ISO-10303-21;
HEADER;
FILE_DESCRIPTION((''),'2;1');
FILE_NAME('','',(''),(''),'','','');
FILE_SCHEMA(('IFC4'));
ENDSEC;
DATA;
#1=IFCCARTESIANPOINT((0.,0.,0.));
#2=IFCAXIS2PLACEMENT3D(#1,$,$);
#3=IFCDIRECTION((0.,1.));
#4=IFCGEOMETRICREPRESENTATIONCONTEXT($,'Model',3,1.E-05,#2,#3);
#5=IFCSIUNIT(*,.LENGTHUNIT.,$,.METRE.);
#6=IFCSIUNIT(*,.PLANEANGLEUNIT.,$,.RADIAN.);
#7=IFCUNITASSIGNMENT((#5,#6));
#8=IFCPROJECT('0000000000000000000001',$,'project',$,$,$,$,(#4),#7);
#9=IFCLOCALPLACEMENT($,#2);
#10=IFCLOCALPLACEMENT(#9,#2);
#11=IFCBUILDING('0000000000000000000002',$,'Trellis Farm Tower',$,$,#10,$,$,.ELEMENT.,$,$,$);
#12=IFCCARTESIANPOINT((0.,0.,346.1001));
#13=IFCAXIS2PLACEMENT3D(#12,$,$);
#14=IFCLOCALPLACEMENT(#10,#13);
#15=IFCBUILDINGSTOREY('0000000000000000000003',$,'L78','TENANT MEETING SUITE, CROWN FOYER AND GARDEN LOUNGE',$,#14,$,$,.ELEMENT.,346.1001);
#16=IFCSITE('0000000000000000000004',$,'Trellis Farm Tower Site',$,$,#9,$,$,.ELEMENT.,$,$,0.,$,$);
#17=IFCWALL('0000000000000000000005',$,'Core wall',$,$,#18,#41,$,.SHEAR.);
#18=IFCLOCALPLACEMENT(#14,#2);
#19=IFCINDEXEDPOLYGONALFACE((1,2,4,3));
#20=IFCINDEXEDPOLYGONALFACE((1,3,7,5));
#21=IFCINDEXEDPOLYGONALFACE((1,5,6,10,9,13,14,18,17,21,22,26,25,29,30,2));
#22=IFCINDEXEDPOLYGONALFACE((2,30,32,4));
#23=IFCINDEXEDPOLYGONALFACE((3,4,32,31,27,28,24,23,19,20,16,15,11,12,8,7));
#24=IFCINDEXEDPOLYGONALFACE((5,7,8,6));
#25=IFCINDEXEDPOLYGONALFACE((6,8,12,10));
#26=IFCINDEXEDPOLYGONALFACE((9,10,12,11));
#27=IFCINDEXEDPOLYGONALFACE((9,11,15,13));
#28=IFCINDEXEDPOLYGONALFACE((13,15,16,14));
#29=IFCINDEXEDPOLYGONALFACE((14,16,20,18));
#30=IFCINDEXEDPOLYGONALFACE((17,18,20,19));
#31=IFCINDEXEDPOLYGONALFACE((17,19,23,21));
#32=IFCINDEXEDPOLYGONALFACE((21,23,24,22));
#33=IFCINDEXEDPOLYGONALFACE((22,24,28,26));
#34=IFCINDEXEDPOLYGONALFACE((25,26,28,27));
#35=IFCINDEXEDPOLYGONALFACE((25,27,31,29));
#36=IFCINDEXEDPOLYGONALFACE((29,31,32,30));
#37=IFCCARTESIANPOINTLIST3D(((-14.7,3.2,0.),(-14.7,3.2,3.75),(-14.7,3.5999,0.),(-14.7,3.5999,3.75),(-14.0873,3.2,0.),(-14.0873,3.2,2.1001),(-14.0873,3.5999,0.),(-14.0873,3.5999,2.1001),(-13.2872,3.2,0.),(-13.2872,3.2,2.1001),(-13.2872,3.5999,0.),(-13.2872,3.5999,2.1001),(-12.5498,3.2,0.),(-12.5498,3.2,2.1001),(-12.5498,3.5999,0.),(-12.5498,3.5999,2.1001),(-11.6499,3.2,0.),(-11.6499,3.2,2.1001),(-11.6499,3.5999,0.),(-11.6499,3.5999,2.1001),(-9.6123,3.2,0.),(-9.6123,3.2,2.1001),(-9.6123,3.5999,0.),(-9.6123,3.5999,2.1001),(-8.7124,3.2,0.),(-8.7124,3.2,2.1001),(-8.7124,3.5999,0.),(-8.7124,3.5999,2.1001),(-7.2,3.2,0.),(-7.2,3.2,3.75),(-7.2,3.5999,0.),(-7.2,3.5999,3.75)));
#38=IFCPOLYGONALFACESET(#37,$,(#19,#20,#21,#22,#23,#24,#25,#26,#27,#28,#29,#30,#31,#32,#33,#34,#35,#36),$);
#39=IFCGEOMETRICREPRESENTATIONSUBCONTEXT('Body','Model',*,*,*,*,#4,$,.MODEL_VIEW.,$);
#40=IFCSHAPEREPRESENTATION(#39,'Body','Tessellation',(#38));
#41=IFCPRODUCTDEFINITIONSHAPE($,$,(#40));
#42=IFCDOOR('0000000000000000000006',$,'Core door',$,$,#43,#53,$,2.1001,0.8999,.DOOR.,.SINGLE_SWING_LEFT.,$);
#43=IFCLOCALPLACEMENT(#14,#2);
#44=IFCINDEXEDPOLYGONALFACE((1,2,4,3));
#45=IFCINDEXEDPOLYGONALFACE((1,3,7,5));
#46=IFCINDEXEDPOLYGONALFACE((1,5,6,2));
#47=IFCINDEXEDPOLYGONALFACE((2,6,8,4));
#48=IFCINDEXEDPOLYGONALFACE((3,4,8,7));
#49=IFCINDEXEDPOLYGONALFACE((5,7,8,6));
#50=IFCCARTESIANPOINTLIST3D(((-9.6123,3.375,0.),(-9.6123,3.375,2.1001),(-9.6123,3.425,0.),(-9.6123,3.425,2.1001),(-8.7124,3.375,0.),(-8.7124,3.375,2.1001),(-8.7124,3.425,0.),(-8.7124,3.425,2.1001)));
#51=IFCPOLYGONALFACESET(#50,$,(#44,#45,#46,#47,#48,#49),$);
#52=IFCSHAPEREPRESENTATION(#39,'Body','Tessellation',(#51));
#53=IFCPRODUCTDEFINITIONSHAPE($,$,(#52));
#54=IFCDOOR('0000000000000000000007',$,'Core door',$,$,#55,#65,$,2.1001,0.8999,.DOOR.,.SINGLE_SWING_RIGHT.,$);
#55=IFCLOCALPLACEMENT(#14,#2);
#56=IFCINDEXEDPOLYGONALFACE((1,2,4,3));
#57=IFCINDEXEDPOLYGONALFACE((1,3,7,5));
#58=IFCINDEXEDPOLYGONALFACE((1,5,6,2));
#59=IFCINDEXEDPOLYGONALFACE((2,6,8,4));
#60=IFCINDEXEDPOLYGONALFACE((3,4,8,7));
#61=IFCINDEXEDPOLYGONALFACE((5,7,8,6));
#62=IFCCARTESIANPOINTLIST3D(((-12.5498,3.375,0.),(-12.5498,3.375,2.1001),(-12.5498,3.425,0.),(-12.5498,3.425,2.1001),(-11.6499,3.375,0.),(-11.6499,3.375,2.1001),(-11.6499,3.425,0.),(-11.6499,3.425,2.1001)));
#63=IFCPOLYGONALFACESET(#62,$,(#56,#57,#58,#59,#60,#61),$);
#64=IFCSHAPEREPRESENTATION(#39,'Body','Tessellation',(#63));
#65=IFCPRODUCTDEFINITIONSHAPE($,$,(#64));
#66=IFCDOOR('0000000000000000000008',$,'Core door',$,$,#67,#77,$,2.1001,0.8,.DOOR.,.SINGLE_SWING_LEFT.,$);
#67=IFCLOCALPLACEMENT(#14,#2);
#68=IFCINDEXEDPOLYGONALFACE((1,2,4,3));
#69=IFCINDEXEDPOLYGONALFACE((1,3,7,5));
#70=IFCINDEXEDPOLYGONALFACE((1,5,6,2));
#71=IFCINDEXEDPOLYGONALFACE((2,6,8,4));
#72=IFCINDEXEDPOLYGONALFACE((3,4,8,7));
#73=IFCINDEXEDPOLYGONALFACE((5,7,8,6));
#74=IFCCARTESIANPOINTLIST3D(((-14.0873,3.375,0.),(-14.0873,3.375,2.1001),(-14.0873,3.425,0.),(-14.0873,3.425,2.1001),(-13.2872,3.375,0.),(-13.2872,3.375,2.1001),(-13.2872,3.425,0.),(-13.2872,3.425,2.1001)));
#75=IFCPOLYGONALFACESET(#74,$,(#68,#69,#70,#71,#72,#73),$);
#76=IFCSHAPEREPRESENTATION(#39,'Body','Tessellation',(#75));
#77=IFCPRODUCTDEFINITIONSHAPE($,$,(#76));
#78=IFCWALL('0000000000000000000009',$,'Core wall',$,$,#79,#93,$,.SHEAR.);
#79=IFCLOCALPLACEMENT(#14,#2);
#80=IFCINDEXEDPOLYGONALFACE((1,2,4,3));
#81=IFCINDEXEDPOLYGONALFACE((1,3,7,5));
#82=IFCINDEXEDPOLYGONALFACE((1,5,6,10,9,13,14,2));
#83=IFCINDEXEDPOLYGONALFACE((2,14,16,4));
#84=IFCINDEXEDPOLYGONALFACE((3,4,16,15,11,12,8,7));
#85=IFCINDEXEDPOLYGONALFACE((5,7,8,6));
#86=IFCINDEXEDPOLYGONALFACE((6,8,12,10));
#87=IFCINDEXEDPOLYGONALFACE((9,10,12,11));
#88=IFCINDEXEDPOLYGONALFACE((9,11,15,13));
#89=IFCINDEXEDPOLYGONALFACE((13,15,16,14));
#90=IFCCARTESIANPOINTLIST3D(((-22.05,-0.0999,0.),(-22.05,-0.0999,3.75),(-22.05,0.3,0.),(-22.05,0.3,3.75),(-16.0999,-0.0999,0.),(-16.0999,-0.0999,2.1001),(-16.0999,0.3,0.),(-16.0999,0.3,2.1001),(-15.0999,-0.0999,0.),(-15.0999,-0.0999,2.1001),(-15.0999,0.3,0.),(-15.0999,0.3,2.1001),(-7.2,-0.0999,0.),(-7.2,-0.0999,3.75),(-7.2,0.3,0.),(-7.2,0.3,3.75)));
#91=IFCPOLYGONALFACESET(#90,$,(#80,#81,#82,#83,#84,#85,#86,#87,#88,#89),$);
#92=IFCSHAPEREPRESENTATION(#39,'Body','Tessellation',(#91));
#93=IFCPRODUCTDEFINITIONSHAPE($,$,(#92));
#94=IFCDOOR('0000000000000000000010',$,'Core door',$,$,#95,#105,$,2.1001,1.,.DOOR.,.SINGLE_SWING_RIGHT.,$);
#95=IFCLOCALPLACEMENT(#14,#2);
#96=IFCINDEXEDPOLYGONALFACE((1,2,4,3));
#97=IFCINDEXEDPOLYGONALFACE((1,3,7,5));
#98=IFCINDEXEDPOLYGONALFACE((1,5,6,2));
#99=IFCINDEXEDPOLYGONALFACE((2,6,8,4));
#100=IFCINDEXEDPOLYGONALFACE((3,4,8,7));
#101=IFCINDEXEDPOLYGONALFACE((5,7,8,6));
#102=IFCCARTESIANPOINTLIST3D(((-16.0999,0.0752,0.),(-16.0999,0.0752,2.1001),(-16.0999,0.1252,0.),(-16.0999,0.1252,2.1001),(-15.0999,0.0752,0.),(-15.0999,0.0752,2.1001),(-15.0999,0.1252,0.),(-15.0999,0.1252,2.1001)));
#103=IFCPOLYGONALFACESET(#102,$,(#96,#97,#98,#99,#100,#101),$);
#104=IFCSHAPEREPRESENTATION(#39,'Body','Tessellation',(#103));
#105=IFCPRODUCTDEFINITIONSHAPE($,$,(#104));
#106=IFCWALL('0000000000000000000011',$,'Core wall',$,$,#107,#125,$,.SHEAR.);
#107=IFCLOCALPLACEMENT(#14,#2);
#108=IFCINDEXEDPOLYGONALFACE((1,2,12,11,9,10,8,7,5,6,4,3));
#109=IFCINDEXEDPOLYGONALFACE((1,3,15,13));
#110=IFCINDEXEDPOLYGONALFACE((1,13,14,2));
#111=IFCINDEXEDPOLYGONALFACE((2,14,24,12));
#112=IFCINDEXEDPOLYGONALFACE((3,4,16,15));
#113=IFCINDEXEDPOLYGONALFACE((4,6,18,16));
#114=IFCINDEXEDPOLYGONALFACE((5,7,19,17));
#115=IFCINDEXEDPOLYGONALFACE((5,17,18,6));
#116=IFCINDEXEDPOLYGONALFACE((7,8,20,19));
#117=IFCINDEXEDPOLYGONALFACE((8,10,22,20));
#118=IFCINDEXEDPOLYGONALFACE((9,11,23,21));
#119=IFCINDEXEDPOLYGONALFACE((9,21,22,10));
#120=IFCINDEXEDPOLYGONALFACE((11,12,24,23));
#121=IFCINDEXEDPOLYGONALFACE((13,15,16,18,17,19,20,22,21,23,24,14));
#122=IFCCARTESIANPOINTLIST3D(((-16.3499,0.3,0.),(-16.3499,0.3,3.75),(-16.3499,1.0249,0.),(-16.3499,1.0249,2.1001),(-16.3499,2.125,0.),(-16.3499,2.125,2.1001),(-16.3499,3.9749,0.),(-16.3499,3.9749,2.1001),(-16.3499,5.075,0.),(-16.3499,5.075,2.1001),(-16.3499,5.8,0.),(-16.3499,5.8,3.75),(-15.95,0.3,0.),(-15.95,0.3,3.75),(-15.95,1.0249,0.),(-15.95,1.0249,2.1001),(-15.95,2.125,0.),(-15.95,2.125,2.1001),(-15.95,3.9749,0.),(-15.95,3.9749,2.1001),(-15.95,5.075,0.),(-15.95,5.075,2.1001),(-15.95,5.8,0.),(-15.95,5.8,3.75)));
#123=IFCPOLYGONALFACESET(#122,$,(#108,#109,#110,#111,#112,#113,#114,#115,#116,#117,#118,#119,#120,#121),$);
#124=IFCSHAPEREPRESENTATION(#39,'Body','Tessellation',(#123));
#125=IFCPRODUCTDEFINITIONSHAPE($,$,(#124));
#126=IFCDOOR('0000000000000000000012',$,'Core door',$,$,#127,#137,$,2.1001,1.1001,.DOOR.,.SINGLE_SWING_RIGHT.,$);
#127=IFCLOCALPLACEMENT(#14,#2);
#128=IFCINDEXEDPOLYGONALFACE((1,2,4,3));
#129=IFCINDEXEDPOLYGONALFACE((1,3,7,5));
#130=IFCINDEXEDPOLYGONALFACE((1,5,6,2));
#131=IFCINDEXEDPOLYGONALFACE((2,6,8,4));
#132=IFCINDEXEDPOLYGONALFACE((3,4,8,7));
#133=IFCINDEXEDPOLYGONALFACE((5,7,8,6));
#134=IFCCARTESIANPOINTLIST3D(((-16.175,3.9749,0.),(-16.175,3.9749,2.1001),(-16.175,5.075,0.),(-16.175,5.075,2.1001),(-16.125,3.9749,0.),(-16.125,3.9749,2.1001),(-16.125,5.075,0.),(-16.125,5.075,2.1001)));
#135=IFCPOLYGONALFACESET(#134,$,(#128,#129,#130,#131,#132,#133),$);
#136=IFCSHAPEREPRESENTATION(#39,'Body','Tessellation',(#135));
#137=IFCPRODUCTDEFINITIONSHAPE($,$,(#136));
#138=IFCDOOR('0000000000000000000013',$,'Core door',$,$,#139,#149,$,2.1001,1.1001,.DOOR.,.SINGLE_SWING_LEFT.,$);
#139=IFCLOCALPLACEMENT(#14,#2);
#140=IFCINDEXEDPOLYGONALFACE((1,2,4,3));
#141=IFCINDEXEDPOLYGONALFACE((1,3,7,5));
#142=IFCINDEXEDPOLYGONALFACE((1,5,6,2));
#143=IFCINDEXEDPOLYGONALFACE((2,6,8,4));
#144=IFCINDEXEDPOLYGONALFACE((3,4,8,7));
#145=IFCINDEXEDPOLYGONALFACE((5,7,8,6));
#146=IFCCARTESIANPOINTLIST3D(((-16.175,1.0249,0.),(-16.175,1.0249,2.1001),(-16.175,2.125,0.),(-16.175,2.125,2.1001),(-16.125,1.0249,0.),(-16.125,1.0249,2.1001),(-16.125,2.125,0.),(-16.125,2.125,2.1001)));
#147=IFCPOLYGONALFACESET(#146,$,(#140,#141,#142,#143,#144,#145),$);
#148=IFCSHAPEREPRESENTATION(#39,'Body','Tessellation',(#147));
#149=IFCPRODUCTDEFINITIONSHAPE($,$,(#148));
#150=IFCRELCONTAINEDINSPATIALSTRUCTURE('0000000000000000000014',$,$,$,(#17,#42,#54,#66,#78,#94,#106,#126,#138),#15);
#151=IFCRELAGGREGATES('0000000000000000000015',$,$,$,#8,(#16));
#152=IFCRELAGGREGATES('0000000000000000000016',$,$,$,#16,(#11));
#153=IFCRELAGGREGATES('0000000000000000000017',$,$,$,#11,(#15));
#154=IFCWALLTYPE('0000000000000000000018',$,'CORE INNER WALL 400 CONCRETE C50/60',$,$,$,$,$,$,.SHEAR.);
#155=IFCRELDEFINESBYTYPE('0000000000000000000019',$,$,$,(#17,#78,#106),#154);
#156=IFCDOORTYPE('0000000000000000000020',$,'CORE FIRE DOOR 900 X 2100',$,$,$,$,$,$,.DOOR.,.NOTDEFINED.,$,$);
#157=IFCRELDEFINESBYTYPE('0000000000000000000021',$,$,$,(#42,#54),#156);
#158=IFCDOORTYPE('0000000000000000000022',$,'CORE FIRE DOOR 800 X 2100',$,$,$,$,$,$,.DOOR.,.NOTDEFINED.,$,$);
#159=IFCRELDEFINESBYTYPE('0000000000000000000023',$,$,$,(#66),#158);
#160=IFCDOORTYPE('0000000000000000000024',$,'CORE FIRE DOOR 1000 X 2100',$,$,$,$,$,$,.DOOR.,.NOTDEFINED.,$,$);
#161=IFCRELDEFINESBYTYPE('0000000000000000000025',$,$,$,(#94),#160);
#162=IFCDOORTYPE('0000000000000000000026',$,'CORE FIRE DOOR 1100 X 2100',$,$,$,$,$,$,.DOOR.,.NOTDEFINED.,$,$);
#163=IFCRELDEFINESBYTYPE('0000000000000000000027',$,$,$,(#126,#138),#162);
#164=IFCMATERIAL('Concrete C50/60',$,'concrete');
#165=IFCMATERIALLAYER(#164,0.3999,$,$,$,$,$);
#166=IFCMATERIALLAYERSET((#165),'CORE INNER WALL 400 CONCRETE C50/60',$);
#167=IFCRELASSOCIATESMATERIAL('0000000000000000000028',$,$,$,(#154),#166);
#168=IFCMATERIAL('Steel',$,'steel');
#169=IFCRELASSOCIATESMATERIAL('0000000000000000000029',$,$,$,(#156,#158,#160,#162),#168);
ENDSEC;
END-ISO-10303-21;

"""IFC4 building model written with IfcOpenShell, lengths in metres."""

from ifc_helpers import new_model, si_unit, direction, frame, frame_2d, origin, place, context, subcontext, project, spatial, rectangle, extrude, source, transform, mapped, material, layer, layer_set, type_object, element, fill, save


model = new_model("IFC4")

# Units and contexts
model_context = context("Model", 3, precision=1e-05, world=origin(), true_north=direction((0.0, 1.0)))
body_context = subcontext(model_context, "Body", "Model", "MODEL_VIEW")
ifc_project = project(units=[si_unit("LENGTHUNIT", "METRE"), si_unit("PLANEANGLEUNIT", "RADIAN")], contexts=[model_context])

# Site, building, storey
site_placement = place(None, origin())
site = spatial("IfcSite", under=ifc_project, at=site_placement, Name="Trellis Farm Tower Site", CompositionType="ELEMENT", RefElevation=0.0)
building_placement = place(site_placement, origin())
building = spatial("IfcBuilding", under=site, at=building_placement, Name="Trellis Farm Tower", CompositionType="ELEMENT")
storey_placement = place(building_placement, frame((0.0, 0.0, 346.1001)))
storey = spatial("IfcBuildingStorey", under=building, at=storey_placement, Name="L78", Description="TENANT MEETING SUITE, CROWN FOYER AND GARDEN LOUNGE", CompositionType="ELEMENT", Elevation=346.1001)

# Shared definitions
ifc_material_1 = material(Name="Concrete C50/60", Category="concrete")

# Shared definitions
ifc_material_2 = material(Name="Steel", Category="steel")

# Wall, openings, doors
ifc_layer_1 = layer(ifc_material_1, 0.3999)
ifc_layer_set_1 = layer_set([ifc_layer_1], Name="CORE INNER WALL 400 CONCRETE C50/60")
wall_type_1 = type_object("IfcWallType", Name="CORE INNER WALL 400 CONCRETE C50/60", PredefinedType="SHEAR", material=ifc_layer_set_1)
shared_shape_1 = source(origin(), body_context, "Body", "SweptSolid", [
    extrude(rectangle(XDim=7.5, YDim=0.3999, at=frame_2d((3.75, 0.0))), origin(), (0.0, 0.0, 1.0), 3.75),
])
wall_1_placement = place(storey_placement, frame((-7.2, 3.3999, 0.0), z_axis=(0.0, 0.0, 1.0), x_axis=(-1.0, 0.0, 0.0)))
wall_1 = element("IfcWall", 1, at=wall_1_placement, inside=storey, type_object=wall_type_1, Name="Core wall", PredefinedType="SHEAR", context=body_context, shape_type="MappedRepresentation", body=[
    mapped(shared_shape_1, transform((0.0, 0.0, 0.0))),
])
shared_shape_2 = source(origin(), body_context, "Body", "SweptSolid", [
    extrude(rectangle(XDim=0.8999, YDim=2.1001, at=frame_2d((0.45, 1.05))), frame((0.0, 0.21, 0.0), z_axis=(0.0, -1.0, 0.0), x_axis=(1.0, 0.0, 0.0)), (0.0, 0.0, 1.0), 0.4199),
])
opening_1_placement = place(wall_1_placement, frame((1.5125, 0.0, 0.0)))
opening_1 = element("IfcOpeningElement", 2, at=opening_1_placement, cuts=wall_1, PredefinedType="OPENING", context=body_context, shape_type="MappedRepresentation", body=[
    mapped(shared_shape_2, transform((0.0, 0.0, 0.0))),
])
opening_2_placement = place(wall_1_placement, frame((4.45, 0.0, 0.0)))
opening_2 = element("IfcOpeningElement", 3, at=opening_2_placement, cuts=wall_1, PredefinedType="OPENING", context=body_context, shape_type="MappedRepresentation", body=[
    mapped(shared_shape_2, transform((0.0, 0.0, 0.0))),
])
shared_shape_3 = source(origin(), body_context, "Body", "SweptSolid", [
    extrude(rectangle(XDim=0.8, YDim=2.1001, at=frame_2d((0.3999, 1.05))), frame((0.0, 0.21, 0.0), z_axis=(0.0, -1.0, 0.0), x_axis=(1.0, 0.0, 0.0)), (0.0, 0.0, 1.0), 0.4199),
])
opening_3_placement = place(wall_1_placement, frame((6.0874, 0.0, 0.0)))
opening_3 = element("IfcOpeningElement", 4, at=opening_3_placement, cuts=wall_1, PredefinedType="OPENING", context=body_context, shape_type="MappedRepresentation", body=[
    mapped(shared_shape_3, transform((0.0, 0.0, 0.0))),
])
door_type_1 = type_object("IfcDoorType", Name="CORE FIRE DOOR 900 X 2100", OperationType="NOTDEFINED", PredefinedType="DOOR", material=ifc_material_2)
shared_shape_4 = source(origin(), body_context, "Body", "SweptSolid", [
    extrude(rectangle(XDim=0.8999, YDim=2.1001, at=frame_2d((0.45, 1.05))), frame((0.0, 0.0249, 0.0), z_axis=(0.0, -1.0, 0.0), x_axis=(1.0, 0.0, 0.0)), (0.0, 0.0, 1.0), 0.05),
])
door_1_placement = place(opening_1_placement, origin())
door_1 = element("IfcDoor", 5, at=door_1_placement, inside=storey, type_object=door_type_1, Name="Core door", OperationType="SINGLE_SWING_LEFT", OverallHeight=2.1001, OverallWidth=0.8999, PredefinedType="DOOR", context=body_context, shape_type="MappedRepresentation", body=[
    mapped(shared_shape_4, transform((0.0, 0.0, 0.0))),
])
fill(opening_1, door_1)
door_2_placement = place(opening_2_placement, origin())
door_2 = element("IfcDoor", 6, at=door_2_placement, inside=storey, type_object=door_type_1, Name="Core door", OperationType="SINGLE_SWING_RIGHT", OverallHeight=2.1001, OverallWidth=0.8999, PredefinedType="DOOR", context=body_context, shape_type="MappedRepresentation", body=[
    mapped(shared_shape_4, transform((0.0, 0.0, 0.0))),
])
fill(opening_2, door_2)
door_type_2 = type_object("IfcDoorType", Name="CORE FIRE DOOR 800 X 2100", OperationType="NOTDEFINED", PredefinedType="DOOR", material=ifc_material_2)
shared_shape_5 = source(origin(), body_context, "Body", "SweptSolid", [
    extrude(rectangle(XDim=0.8, YDim=2.1001, at=frame_2d((0.3999, 1.05))), frame((0.0, 0.0249, 0.0), z_axis=(0.0, -1.0, 0.0), x_axis=(1.0, 0.0, 0.0)), (0.0, 0.0, 1.0), 0.05),
])
door_3_placement = place(opening_3_placement, origin())
door_3 = element("IfcDoor", 7, at=door_3_placement, inside=storey, type_object=door_type_2, Name="Core door", OperationType="SINGLE_SWING_LEFT", OverallHeight=2.1001, OverallWidth=0.8, PredefinedType="DOOR", context=body_context, shape_type="MappedRepresentation", body=[
    mapped(shared_shape_5, transform((0.0, 0.0, 0.0))),
])
fill(opening_3, door_3)

# Wall, opening, door
shared_shape_6 = source(origin(), body_context, "Body", "SweptSolid", [
    extrude(rectangle(XDim=14.8501, YDim=0.3999, at=frame_2d((7.425, 0.0))), origin(), (0.0, 0.0, 1.0), 3.75),
])
wall_2_placement = place(storey_placement, frame((-7.2, 0.1001, 0.0), z_axis=(0.0, 0.0, 1.0), x_axis=(-1.0, 0.0, 0.0)))
wall_2 = element("IfcWall", 8, at=wall_2_placement, inside=storey, type_object=wall_type_1, Name="Core wall", PredefinedType="SHEAR", context=body_context, shape_type="MappedRepresentation", body=[
    mapped(shared_shape_6, transform((0.0, 0.0, 0.0))),
])
shared_shape_7 = source(origin(), body_context, "Body", "SweptSolid", [
    extrude(rectangle(XDim=1.0, YDim=2.1001, at=frame_2d((0.5, 1.05))), frame((0.0, 0.21, 0.0), z_axis=(0.0, -1.0, 0.0), x_axis=(1.0, 0.0, 0.0)), (0.0, 0.0, 1.0), 0.4199),
])
opening_4_placement = place(wall_2_placement, frame((7.8999, 0.0, 0.0)))
opening_4 = element("IfcOpeningElement", 9, at=opening_4_placement, cuts=wall_2, PredefinedType="OPENING", context=body_context, shape_type="MappedRepresentation", body=[
    mapped(shared_shape_7, transform((0.0, 0.0, 0.0))),
])
door_type_3 = type_object("IfcDoorType", Name="CORE FIRE DOOR 1000 X 2100", OperationType="NOTDEFINED", PredefinedType="DOOR", material=ifc_material_2)
shared_shape_8 = source(origin(), body_context, "Body", "SweptSolid", [
    extrude(rectangle(XDim=1.0, YDim=2.1001, at=frame_2d((0.5, 1.05))), frame((0.0, 0.0249, 0.0), z_axis=(0.0, -1.0, 0.0), x_axis=(1.0, 0.0, 0.0)), (0.0, 0.0, 1.0), 0.05),
])
door_4_placement = place(opening_4_placement, origin())
door_4 = element("IfcDoor", 10, at=door_4_placement, inside=storey, type_object=door_type_3, Name="Core door", OperationType="SINGLE_SWING_RIGHT", OverallHeight=2.1001, OverallWidth=1.0, PredefinedType="DOOR", context=body_context, shape_type="MappedRepresentation", body=[
    mapped(shared_shape_8, transform((0.0, 0.0, 0.0))),
])
fill(opening_4, door_4)

# Wall, openings, doors
shared_shape_9 = source(origin(), body_context, "Body", "SweptSolid", [
    extrude(rectangle(XDim=5.5, YDim=0.3999, at=frame_2d((2.75, 0.0))), origin(), (0.0, 0.0, 1.0), 3.75),
])
wall_3_placement = place(storey_placement, frame((-16.1499, 5.8, 0.0), z_axis=(0.0, 0.0, 1.0), x_axis=(0.0, -1.0, 0.0)))
wall_3 = element("IfcWall", 11, at=wall_3_placement, inside=storey, type_object=wall_type_1, Name="Core wall", PredefinedType="SHEAR", context=body_context, shape_type="MappedRepresentation", body=[
    mapped(shared_shape_9, transform((0.0, 0.0, 0.0))),
])
shared_shape_10 = source(origin(), body_context, "Body", "SweptSolid", [
    extrude(rectangle(XDim=1.1001, YDim=2.1001, at=frame_2d((0.55, 1.05))), frame((0.0, 0.21, 0.0), z_axis=(0.0, -1.0, 0.0), x_axis=(1.0, 0.0, 0.0)), (0.0, 0.0, 1.0), 0.4199),
])
opening_5_placement = place(wall_3_placement, frame((0.7251, 0.0, 0.0)))
opening_5 = element("IfcOpeningElement", 12, at=opening_5_placement, cuts=wall_3, PredefinedType="OPENING", context=body_context, shape_type="MappedRepresentation", body=[
    mapped(shared_shape_10, transform((0.0, 0.0, 0.0))),
])
opening_6_placement = place(wall_3_placement, frame((3.675, 0.0, 0.0)))
opening_6 = element("IfcOpeningElement", 13, at=opening_6_placement, cuts=wall_3, PredefinedType="OPENING", context=body_context, shape_type="MappedRepresentation", body=[
    mapped(shared_shape_10, transform((0.0, 0.0, 0.0))),
])
door_type_4 = type_object("IfcDoorType", Name="CORE FIRE DOOR 1100 X 2100", OperationType="NOTDEFINED", PredefinedType="DOOR", material=ifc_material_2)
shared_shape_11 = source(origin(), body_context, "Body", "SweptSolid", [
    extrude(rectangle(XDim=1.1001, YDim=2.1001, at=frame_2d((0.55, 1.05))), frame((0.0, 0.0249, 0.0), z_axis=(0.0, -1.0, 0.0), x_axis=(1.0, 0.0, 0.0)), (0.0, 0.0, 1.0), 0.05),
])
door_5_placement = place(opening_5_placement, origin())
door_5 = element("IfcDoor", 14, at=door_5_placement, inside=storey, type_object=door_type_4, Name="Core door", OperationType="SINGLE_SWING_RIGHT", OverallHeight=2.1001, OverallWidth=1.1001, PredefinedType="DOOR", context=body_context, shape_type="MappedRepresentation", body=[
    mapped(shared_shape_11, transform((0.0, 0.0, 0.0))),
])
fill(opening_5, door_5)
door_6_placement = place(opening_6_placement, origin())
door_6 = element("IfcDoor", 15, at=door_6_placement, inside=storey, type_object=door_type_4, Name="Core door", OperationType="SINGLE_SWING_LEFT", OverallHeight=2.1001, OverallWidth=1.1001, PredefinedType="DOOR", context=body_context, shape_type="MappedRepresentation", body=[
    mapped(shared_shape_11, transform((0.0, 0.0, 0.0))),
])
fill(opening_6, door_6)

save(model, "model.ifc")
